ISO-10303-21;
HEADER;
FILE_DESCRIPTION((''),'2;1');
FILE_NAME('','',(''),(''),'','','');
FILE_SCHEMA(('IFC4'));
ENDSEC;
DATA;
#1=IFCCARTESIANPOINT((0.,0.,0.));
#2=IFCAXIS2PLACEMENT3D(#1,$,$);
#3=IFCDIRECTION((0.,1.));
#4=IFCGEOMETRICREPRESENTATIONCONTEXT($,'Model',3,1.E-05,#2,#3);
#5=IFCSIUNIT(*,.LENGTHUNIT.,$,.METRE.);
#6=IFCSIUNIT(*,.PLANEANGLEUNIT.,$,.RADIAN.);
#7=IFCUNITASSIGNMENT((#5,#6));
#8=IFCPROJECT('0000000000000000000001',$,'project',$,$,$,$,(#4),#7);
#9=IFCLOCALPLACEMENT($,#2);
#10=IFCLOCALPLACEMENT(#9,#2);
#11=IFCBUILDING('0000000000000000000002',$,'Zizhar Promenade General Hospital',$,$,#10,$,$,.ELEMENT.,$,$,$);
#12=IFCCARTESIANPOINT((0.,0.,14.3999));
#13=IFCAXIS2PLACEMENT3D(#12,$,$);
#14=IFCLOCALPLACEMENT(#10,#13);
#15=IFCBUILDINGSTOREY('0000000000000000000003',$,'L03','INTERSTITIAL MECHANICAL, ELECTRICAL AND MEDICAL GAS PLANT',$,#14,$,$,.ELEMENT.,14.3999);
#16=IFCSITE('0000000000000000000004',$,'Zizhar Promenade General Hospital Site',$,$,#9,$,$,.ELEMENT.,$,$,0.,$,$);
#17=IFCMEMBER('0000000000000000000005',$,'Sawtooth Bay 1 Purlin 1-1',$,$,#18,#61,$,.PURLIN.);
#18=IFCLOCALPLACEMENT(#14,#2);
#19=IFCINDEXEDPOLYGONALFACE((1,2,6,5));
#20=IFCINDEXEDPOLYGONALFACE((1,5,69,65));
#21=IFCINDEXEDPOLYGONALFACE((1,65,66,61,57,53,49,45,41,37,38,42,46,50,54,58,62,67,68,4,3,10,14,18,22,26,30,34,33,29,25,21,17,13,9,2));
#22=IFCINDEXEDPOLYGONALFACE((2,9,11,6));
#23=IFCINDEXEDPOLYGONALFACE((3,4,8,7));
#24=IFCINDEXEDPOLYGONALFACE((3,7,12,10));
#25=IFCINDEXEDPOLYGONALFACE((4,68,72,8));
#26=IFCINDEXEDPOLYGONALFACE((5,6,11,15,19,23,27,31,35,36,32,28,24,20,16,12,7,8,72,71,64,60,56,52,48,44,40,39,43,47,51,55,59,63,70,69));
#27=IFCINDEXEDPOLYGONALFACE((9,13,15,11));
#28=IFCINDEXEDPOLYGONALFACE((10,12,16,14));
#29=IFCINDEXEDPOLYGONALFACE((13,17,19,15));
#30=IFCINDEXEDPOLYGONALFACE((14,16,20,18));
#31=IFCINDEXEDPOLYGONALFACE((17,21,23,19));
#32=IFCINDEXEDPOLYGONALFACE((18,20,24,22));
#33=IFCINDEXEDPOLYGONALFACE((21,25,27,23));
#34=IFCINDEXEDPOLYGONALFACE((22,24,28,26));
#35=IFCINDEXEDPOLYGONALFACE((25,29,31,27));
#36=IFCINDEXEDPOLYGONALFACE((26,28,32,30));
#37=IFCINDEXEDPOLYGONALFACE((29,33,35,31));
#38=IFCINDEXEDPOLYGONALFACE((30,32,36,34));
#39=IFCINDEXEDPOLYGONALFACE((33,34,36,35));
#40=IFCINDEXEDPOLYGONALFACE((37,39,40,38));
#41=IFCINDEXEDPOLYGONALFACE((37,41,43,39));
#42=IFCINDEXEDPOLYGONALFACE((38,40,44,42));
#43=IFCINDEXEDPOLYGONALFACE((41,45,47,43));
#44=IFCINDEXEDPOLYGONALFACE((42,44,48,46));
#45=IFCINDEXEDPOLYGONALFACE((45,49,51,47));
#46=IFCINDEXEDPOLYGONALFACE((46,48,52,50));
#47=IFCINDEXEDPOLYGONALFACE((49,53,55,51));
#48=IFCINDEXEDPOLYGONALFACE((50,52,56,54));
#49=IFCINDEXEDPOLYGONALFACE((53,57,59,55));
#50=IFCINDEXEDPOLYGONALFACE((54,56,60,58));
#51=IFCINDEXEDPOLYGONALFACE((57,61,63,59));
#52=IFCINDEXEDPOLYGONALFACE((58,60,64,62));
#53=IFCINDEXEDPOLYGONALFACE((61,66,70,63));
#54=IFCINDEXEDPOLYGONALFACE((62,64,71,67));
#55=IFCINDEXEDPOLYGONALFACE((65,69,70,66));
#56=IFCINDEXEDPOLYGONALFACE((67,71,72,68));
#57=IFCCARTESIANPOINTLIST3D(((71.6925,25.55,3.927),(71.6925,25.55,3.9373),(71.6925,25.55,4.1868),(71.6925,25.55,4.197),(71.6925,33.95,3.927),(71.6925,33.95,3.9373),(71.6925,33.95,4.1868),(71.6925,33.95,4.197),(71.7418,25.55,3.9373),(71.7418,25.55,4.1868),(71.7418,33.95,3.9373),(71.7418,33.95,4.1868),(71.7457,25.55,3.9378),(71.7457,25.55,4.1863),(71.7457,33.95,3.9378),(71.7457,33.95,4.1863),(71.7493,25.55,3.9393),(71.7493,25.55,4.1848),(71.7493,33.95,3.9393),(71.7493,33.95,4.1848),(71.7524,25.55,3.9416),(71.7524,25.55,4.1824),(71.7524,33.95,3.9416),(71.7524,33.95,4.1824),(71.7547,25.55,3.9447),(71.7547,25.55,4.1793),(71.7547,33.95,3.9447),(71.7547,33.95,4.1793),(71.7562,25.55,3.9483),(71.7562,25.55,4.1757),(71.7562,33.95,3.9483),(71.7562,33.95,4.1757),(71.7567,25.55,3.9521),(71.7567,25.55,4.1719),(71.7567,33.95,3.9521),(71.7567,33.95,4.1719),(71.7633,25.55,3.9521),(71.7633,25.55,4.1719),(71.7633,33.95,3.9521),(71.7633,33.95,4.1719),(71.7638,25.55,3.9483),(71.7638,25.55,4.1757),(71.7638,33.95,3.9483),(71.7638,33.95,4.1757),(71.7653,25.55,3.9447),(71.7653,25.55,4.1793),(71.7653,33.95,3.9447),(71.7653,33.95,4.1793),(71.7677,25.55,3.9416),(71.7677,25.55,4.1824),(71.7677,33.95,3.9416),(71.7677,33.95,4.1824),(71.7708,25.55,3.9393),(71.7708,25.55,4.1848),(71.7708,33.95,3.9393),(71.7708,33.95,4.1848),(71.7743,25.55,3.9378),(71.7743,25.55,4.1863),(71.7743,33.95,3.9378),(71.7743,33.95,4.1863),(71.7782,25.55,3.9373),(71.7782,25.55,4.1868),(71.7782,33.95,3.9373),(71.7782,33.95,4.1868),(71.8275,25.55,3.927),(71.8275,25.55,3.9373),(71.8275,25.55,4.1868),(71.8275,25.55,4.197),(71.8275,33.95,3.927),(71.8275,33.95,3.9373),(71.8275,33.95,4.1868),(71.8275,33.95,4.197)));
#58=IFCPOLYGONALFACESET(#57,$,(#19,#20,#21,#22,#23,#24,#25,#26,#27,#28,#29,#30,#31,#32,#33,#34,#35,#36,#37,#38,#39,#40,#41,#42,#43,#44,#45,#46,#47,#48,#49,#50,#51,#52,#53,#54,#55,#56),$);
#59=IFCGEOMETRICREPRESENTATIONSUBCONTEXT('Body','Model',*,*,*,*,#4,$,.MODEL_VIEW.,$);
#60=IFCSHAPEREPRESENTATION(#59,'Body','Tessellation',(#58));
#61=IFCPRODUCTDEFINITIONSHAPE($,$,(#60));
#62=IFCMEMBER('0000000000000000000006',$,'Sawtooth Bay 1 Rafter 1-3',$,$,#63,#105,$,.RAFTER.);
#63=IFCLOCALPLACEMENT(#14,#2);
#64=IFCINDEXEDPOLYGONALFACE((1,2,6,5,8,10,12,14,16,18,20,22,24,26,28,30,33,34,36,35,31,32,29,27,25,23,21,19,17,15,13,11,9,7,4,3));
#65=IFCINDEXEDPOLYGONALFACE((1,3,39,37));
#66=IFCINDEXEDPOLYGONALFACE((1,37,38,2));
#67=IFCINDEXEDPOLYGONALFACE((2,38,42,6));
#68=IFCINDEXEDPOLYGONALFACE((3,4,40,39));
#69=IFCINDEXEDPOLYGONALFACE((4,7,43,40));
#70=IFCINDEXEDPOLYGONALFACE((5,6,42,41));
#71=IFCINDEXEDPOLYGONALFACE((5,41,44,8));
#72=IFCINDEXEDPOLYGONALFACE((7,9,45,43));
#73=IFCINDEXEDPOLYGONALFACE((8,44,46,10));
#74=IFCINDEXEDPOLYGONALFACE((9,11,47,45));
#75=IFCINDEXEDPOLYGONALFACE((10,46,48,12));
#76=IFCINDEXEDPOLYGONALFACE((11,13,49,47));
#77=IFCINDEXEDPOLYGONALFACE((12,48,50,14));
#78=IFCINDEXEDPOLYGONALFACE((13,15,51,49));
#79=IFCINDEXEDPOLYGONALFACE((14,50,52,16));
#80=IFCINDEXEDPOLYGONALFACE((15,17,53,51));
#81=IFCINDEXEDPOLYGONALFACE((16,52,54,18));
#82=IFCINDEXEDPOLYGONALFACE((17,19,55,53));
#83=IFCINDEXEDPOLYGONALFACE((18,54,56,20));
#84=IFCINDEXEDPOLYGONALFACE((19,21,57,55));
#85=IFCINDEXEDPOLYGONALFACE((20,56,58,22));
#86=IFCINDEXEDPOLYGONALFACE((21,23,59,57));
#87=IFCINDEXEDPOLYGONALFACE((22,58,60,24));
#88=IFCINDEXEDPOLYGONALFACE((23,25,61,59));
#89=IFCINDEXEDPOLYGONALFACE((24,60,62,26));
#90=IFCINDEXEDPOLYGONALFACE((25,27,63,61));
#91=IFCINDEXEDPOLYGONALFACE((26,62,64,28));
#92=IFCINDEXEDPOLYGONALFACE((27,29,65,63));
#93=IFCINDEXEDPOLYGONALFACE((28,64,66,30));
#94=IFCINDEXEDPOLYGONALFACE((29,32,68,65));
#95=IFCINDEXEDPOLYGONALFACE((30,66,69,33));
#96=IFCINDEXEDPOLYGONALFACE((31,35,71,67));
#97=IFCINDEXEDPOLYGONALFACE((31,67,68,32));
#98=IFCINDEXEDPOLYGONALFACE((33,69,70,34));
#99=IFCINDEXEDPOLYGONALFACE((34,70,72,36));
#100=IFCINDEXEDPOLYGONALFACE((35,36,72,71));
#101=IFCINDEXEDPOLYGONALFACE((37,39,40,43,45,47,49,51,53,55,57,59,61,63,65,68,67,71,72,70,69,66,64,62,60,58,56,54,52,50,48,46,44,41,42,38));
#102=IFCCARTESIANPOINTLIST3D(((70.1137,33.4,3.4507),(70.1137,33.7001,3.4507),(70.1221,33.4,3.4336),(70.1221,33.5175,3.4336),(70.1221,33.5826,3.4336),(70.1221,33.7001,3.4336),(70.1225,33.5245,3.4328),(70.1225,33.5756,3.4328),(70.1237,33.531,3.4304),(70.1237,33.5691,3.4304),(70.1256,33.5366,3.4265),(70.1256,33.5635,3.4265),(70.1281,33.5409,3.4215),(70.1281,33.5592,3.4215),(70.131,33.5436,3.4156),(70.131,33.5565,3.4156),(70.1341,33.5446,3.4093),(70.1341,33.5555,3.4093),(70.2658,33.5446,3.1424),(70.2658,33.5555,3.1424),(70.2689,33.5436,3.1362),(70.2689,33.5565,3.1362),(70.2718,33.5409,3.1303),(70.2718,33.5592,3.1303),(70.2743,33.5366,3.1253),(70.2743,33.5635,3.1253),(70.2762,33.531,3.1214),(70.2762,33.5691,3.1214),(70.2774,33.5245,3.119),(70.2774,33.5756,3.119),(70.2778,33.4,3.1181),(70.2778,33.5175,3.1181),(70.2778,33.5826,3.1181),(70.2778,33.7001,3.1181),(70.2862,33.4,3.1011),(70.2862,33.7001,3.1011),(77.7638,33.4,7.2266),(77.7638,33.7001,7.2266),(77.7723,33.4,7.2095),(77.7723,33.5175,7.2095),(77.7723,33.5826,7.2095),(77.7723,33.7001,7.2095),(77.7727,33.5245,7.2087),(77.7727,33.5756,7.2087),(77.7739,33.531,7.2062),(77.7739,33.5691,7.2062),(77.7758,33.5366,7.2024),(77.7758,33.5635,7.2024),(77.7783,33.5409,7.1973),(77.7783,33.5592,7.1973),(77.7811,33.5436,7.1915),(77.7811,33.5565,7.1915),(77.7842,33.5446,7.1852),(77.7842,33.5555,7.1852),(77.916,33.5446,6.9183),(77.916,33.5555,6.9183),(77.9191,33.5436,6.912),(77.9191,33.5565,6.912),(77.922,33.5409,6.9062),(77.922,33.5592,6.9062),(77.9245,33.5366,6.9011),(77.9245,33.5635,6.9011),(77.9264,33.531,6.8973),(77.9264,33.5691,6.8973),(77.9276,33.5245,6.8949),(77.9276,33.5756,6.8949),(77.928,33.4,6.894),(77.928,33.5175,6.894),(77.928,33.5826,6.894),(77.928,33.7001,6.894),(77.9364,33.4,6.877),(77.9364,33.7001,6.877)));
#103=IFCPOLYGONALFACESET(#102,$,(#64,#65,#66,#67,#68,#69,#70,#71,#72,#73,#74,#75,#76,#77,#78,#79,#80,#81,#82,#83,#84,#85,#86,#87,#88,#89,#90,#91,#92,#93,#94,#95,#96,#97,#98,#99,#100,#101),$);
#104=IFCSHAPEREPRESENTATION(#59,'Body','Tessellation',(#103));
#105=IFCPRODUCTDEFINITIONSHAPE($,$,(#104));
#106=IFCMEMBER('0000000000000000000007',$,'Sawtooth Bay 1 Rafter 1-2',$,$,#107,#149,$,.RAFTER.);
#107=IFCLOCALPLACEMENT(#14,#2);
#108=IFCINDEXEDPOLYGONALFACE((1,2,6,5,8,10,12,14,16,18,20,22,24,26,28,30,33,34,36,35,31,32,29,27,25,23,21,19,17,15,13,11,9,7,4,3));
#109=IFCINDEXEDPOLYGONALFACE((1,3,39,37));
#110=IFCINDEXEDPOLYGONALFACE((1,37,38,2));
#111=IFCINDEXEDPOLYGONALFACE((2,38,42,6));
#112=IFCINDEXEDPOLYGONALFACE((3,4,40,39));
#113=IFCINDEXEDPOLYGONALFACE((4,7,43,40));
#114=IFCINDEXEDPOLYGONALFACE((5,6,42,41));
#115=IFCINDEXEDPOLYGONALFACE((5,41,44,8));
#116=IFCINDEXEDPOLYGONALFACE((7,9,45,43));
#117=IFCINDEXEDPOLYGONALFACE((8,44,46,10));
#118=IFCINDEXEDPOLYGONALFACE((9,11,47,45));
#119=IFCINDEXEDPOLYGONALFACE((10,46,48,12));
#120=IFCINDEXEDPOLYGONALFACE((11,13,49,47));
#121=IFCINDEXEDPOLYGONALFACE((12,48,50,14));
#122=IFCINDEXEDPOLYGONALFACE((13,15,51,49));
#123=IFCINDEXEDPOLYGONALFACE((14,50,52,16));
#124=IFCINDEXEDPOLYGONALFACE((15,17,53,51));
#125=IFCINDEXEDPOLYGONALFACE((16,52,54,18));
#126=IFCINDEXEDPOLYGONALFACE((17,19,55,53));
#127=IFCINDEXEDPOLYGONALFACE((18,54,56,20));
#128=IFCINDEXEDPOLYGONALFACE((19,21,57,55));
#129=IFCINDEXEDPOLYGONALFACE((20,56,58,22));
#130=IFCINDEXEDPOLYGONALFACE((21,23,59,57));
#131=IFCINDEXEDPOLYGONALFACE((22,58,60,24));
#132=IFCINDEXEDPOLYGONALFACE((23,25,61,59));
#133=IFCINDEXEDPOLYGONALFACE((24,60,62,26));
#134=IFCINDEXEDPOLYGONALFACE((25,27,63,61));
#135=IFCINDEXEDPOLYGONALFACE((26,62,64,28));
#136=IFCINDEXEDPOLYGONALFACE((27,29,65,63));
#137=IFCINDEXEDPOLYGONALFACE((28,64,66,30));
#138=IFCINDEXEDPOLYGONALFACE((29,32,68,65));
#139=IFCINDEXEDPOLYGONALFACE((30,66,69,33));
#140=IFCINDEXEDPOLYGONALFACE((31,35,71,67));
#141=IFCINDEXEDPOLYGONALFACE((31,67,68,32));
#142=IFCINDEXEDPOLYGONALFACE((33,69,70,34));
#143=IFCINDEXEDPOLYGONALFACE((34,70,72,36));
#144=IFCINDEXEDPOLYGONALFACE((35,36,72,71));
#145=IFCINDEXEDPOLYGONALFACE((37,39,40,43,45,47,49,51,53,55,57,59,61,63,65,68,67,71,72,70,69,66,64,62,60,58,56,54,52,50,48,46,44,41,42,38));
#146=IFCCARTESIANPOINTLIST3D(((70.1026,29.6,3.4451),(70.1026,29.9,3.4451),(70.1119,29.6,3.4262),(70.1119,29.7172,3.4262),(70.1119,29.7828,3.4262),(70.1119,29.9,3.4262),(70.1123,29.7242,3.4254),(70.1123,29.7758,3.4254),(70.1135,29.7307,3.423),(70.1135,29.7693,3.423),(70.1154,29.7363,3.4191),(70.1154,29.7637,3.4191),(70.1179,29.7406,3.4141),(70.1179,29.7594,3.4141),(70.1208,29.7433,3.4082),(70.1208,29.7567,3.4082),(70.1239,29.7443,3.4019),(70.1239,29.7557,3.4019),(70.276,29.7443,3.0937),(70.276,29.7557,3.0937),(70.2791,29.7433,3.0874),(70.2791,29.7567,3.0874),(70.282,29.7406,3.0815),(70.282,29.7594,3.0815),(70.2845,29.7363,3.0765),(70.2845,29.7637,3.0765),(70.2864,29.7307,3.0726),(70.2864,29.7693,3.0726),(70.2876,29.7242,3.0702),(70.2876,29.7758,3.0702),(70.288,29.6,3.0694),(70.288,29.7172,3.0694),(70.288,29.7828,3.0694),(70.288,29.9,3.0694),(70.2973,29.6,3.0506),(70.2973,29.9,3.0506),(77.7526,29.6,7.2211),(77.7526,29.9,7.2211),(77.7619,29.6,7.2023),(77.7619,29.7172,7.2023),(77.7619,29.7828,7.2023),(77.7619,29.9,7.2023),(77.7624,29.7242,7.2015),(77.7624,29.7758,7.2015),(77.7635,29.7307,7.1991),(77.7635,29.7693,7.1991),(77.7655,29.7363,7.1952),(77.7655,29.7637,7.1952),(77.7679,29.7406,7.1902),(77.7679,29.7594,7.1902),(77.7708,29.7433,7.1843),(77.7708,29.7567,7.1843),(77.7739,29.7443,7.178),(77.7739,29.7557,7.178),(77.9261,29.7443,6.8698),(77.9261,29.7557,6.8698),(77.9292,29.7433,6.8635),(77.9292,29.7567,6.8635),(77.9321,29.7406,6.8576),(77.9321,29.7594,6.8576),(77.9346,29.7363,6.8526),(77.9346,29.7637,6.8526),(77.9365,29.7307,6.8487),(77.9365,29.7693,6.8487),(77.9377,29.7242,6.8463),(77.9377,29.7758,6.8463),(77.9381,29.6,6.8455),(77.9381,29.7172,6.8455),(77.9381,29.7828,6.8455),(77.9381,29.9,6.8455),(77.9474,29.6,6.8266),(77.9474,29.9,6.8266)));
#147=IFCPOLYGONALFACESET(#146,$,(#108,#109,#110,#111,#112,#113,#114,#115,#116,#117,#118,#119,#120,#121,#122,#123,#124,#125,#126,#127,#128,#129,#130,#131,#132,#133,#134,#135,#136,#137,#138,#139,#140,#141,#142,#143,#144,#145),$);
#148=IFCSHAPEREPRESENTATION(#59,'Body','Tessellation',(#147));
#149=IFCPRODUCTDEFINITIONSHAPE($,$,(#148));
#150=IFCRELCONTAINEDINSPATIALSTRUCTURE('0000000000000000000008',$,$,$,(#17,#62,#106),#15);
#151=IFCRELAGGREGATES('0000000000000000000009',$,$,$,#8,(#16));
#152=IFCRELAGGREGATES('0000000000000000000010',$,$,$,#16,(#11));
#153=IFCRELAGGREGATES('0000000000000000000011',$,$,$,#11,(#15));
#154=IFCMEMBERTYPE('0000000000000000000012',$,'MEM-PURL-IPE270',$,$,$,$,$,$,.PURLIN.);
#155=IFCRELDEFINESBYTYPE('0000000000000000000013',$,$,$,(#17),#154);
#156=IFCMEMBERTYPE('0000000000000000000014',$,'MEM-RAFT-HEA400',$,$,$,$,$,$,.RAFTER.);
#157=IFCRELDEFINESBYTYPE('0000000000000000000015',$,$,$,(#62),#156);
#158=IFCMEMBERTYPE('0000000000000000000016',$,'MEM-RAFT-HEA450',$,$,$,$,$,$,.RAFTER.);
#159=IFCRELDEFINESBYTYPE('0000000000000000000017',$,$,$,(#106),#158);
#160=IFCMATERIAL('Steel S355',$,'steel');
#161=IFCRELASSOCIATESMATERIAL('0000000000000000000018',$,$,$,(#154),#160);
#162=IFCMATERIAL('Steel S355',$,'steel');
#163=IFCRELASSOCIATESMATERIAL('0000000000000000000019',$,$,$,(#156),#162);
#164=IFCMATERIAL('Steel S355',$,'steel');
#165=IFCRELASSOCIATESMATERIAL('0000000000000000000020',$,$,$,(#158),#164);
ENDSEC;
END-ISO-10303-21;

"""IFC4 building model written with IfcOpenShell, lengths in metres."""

from ifc_helpers import new_model, si_unit, direction, frame, origin, origin_2d, place, context, subcontext, project, spatial, i_section, extrude, material, material_profile, profile_set, type_object, element, save


model = new_model("IFC4")

# Units and contexts
model_context = context("Model", 3, precision=1e-05, world=origin(), true_north=direction((0.0, 1.0)))
body_context = subcontext(model_context, "Body", "Model", "MODEL_VIEW")
ifc_project = project(units=[si_unit("LENGTHUNIT", "METRE"), si_unit("PLANEANGLEUNIT", "RADIAN")], contexts=[model_context])

# Site, building, storey
site_placement = place(None, origin())
site = spatial("IfcSite", under=ifc_project, at=site_placement, Name="Zizhar Promenade General Hospital Site", CompositionType="ELEMENT", RefElevation=0.0)
building_placement = place(site_placement, origin())
building = spatial("IfcBuilding", under=site, at=building_placement, Name="Zizhar Promenade General Hospital", CompositionType="ELEMENT")
storey_placement = place(building_placement, frame((0.0, 0.0, 14.3999)))
storey = spatial("IfcBuildingStorey", under=building, at=storey_placement, Name="L03", Description="INTERSTITIAL MECHANICAL, ELECTRICAL AND MEDICAL GAS PLANT", CompositionType="ELEMENT", Elevation=14.3999)

# Members
ifc_material_1 = material(Name="Steel S355", Category="steel")
ifc_material_profile_1 = material_profile(ifc_material_1, i_section(OverallWidth=0.135, OverallDepth=0.27, WebThickness=0.0066, FlangeThickness=0.0103, FilletRadius=0.0149, at=origin_2d()))
ifc_profile_set_1 = profile_set([ifc_material_profile_1], Name="Steel S355")
member_type_1 = type_object("IfcMemberType", Name="MEM-PURL-IPE270", PredefinedType="PURLIN", material=ifc_profile_set_1)
member_1_placement = place(storey_placement, frame((71.76, 25.55, 4.062), z_axis=(0.0, 1.0, 0.0), x_axis=(-1.0, 0.0, 0.0)))
element("IfcMember", 1, at=member_1_placement, inside=storey, type_object=member_type_1, Name="Sawtooth Bay 1 Purlin 1-1", PredefinedType="PURLIN", context=body_context, shape_type="SweptSolid", body=[
    extrude(i_section(OverallWidth=0.135, OverallDepth=0.27, WebThickness=0.0066, FlangeThickness=0.0103, FilletRadius=0.0149, at=origin_2d()), origin(), (0.0, 0.0, 1.0), 8.3999),
])
ifc_material_2 = material(Name="Steel S355", Category="steel")
ifc_material_profile_2 = material_profile(ifc_material_2, i_section(OverallWidth=0.3, OverallDepth=0.3899, WebThickness=0.011, FlangeThickness=0.019, FilletRadius=0.0271, at=origin_2d()))
ifc_profile_set_2 = profile_set([ifc_material_profile_2], Name="Steel S355")
member_type_2 = type_object("IfcMemberType", Name="MEM-RAFT-HEA400", PredefinedType="RAFTER", material=ifc_profile_set_2)
member_2_placement = place(storey_placement, frame((70.2, 33.55, 3.2759), z_axis=(0.896722, 0.0, 0.442595), x_axis=(0.0, 1.0, 0.0)))
element("IfcMember", 2, at=member_2_placement, inside=storey, type_object=member_type_2, Name="Sawtooth Bay 1 Rafter 1-3", PredefinedType="RAFTER", context=body_context, shape_type="SweptSolid", body=[
    extrude(i_section(OverallWidth=0.3, OverallDepth=0.3899, WebThickness=0.011, FlangeThickness=0.019, FilletRadius=0.0271, at=origin_2d()), origin(), (0.0, 0.0, 1.0), 8.5312),
])
ifc_material_3 = material(Name="Steel S355", Category="steel")
ifc_material_profile_3 = material_profile(ifc_material_3, i_section(OverallWidth=0.3, OverallDepth=0.4399, WebThickness=0.0115, FlangeThickness=0.021, FilletRadius=0.0271, at=origin_2d()))
ifc_profile_set_3 = profile_set([ifc_material_profile_3], Name="Steel S355")
member_type_3 = type_object("IfcMemberType", Name="MEM-RAFT-HEA450", PredefinedType="RAFTER", material=ifc_profile_set_3)
member_3_placement = place(storey_placement, frame((70.2, 29.75, 3.2478), z_axis=(0.89671, 0.0, 0.442618), x_axis=(0.0, 1.0, 0.0)))
element("IfcMember", 3, at=member_3_placement, inside=storey, type_object=member_type_3, Name="Sawtooth Bay 1 Rafter 1-2", PredefinedType="RAFTER", context=body_context, shape_type="SweptSolid", body=[
    extrude(i_section(OverallWidth=0.3, OverallDepth=0.4399, WebThickness=0.0115, FlangeThickness=0.021, FilletRadius=0.0271, at=origin_2d()), origin(), (0.0, 0.0, 1.0), 8.5312),
])

save(model, "model.ifc")
